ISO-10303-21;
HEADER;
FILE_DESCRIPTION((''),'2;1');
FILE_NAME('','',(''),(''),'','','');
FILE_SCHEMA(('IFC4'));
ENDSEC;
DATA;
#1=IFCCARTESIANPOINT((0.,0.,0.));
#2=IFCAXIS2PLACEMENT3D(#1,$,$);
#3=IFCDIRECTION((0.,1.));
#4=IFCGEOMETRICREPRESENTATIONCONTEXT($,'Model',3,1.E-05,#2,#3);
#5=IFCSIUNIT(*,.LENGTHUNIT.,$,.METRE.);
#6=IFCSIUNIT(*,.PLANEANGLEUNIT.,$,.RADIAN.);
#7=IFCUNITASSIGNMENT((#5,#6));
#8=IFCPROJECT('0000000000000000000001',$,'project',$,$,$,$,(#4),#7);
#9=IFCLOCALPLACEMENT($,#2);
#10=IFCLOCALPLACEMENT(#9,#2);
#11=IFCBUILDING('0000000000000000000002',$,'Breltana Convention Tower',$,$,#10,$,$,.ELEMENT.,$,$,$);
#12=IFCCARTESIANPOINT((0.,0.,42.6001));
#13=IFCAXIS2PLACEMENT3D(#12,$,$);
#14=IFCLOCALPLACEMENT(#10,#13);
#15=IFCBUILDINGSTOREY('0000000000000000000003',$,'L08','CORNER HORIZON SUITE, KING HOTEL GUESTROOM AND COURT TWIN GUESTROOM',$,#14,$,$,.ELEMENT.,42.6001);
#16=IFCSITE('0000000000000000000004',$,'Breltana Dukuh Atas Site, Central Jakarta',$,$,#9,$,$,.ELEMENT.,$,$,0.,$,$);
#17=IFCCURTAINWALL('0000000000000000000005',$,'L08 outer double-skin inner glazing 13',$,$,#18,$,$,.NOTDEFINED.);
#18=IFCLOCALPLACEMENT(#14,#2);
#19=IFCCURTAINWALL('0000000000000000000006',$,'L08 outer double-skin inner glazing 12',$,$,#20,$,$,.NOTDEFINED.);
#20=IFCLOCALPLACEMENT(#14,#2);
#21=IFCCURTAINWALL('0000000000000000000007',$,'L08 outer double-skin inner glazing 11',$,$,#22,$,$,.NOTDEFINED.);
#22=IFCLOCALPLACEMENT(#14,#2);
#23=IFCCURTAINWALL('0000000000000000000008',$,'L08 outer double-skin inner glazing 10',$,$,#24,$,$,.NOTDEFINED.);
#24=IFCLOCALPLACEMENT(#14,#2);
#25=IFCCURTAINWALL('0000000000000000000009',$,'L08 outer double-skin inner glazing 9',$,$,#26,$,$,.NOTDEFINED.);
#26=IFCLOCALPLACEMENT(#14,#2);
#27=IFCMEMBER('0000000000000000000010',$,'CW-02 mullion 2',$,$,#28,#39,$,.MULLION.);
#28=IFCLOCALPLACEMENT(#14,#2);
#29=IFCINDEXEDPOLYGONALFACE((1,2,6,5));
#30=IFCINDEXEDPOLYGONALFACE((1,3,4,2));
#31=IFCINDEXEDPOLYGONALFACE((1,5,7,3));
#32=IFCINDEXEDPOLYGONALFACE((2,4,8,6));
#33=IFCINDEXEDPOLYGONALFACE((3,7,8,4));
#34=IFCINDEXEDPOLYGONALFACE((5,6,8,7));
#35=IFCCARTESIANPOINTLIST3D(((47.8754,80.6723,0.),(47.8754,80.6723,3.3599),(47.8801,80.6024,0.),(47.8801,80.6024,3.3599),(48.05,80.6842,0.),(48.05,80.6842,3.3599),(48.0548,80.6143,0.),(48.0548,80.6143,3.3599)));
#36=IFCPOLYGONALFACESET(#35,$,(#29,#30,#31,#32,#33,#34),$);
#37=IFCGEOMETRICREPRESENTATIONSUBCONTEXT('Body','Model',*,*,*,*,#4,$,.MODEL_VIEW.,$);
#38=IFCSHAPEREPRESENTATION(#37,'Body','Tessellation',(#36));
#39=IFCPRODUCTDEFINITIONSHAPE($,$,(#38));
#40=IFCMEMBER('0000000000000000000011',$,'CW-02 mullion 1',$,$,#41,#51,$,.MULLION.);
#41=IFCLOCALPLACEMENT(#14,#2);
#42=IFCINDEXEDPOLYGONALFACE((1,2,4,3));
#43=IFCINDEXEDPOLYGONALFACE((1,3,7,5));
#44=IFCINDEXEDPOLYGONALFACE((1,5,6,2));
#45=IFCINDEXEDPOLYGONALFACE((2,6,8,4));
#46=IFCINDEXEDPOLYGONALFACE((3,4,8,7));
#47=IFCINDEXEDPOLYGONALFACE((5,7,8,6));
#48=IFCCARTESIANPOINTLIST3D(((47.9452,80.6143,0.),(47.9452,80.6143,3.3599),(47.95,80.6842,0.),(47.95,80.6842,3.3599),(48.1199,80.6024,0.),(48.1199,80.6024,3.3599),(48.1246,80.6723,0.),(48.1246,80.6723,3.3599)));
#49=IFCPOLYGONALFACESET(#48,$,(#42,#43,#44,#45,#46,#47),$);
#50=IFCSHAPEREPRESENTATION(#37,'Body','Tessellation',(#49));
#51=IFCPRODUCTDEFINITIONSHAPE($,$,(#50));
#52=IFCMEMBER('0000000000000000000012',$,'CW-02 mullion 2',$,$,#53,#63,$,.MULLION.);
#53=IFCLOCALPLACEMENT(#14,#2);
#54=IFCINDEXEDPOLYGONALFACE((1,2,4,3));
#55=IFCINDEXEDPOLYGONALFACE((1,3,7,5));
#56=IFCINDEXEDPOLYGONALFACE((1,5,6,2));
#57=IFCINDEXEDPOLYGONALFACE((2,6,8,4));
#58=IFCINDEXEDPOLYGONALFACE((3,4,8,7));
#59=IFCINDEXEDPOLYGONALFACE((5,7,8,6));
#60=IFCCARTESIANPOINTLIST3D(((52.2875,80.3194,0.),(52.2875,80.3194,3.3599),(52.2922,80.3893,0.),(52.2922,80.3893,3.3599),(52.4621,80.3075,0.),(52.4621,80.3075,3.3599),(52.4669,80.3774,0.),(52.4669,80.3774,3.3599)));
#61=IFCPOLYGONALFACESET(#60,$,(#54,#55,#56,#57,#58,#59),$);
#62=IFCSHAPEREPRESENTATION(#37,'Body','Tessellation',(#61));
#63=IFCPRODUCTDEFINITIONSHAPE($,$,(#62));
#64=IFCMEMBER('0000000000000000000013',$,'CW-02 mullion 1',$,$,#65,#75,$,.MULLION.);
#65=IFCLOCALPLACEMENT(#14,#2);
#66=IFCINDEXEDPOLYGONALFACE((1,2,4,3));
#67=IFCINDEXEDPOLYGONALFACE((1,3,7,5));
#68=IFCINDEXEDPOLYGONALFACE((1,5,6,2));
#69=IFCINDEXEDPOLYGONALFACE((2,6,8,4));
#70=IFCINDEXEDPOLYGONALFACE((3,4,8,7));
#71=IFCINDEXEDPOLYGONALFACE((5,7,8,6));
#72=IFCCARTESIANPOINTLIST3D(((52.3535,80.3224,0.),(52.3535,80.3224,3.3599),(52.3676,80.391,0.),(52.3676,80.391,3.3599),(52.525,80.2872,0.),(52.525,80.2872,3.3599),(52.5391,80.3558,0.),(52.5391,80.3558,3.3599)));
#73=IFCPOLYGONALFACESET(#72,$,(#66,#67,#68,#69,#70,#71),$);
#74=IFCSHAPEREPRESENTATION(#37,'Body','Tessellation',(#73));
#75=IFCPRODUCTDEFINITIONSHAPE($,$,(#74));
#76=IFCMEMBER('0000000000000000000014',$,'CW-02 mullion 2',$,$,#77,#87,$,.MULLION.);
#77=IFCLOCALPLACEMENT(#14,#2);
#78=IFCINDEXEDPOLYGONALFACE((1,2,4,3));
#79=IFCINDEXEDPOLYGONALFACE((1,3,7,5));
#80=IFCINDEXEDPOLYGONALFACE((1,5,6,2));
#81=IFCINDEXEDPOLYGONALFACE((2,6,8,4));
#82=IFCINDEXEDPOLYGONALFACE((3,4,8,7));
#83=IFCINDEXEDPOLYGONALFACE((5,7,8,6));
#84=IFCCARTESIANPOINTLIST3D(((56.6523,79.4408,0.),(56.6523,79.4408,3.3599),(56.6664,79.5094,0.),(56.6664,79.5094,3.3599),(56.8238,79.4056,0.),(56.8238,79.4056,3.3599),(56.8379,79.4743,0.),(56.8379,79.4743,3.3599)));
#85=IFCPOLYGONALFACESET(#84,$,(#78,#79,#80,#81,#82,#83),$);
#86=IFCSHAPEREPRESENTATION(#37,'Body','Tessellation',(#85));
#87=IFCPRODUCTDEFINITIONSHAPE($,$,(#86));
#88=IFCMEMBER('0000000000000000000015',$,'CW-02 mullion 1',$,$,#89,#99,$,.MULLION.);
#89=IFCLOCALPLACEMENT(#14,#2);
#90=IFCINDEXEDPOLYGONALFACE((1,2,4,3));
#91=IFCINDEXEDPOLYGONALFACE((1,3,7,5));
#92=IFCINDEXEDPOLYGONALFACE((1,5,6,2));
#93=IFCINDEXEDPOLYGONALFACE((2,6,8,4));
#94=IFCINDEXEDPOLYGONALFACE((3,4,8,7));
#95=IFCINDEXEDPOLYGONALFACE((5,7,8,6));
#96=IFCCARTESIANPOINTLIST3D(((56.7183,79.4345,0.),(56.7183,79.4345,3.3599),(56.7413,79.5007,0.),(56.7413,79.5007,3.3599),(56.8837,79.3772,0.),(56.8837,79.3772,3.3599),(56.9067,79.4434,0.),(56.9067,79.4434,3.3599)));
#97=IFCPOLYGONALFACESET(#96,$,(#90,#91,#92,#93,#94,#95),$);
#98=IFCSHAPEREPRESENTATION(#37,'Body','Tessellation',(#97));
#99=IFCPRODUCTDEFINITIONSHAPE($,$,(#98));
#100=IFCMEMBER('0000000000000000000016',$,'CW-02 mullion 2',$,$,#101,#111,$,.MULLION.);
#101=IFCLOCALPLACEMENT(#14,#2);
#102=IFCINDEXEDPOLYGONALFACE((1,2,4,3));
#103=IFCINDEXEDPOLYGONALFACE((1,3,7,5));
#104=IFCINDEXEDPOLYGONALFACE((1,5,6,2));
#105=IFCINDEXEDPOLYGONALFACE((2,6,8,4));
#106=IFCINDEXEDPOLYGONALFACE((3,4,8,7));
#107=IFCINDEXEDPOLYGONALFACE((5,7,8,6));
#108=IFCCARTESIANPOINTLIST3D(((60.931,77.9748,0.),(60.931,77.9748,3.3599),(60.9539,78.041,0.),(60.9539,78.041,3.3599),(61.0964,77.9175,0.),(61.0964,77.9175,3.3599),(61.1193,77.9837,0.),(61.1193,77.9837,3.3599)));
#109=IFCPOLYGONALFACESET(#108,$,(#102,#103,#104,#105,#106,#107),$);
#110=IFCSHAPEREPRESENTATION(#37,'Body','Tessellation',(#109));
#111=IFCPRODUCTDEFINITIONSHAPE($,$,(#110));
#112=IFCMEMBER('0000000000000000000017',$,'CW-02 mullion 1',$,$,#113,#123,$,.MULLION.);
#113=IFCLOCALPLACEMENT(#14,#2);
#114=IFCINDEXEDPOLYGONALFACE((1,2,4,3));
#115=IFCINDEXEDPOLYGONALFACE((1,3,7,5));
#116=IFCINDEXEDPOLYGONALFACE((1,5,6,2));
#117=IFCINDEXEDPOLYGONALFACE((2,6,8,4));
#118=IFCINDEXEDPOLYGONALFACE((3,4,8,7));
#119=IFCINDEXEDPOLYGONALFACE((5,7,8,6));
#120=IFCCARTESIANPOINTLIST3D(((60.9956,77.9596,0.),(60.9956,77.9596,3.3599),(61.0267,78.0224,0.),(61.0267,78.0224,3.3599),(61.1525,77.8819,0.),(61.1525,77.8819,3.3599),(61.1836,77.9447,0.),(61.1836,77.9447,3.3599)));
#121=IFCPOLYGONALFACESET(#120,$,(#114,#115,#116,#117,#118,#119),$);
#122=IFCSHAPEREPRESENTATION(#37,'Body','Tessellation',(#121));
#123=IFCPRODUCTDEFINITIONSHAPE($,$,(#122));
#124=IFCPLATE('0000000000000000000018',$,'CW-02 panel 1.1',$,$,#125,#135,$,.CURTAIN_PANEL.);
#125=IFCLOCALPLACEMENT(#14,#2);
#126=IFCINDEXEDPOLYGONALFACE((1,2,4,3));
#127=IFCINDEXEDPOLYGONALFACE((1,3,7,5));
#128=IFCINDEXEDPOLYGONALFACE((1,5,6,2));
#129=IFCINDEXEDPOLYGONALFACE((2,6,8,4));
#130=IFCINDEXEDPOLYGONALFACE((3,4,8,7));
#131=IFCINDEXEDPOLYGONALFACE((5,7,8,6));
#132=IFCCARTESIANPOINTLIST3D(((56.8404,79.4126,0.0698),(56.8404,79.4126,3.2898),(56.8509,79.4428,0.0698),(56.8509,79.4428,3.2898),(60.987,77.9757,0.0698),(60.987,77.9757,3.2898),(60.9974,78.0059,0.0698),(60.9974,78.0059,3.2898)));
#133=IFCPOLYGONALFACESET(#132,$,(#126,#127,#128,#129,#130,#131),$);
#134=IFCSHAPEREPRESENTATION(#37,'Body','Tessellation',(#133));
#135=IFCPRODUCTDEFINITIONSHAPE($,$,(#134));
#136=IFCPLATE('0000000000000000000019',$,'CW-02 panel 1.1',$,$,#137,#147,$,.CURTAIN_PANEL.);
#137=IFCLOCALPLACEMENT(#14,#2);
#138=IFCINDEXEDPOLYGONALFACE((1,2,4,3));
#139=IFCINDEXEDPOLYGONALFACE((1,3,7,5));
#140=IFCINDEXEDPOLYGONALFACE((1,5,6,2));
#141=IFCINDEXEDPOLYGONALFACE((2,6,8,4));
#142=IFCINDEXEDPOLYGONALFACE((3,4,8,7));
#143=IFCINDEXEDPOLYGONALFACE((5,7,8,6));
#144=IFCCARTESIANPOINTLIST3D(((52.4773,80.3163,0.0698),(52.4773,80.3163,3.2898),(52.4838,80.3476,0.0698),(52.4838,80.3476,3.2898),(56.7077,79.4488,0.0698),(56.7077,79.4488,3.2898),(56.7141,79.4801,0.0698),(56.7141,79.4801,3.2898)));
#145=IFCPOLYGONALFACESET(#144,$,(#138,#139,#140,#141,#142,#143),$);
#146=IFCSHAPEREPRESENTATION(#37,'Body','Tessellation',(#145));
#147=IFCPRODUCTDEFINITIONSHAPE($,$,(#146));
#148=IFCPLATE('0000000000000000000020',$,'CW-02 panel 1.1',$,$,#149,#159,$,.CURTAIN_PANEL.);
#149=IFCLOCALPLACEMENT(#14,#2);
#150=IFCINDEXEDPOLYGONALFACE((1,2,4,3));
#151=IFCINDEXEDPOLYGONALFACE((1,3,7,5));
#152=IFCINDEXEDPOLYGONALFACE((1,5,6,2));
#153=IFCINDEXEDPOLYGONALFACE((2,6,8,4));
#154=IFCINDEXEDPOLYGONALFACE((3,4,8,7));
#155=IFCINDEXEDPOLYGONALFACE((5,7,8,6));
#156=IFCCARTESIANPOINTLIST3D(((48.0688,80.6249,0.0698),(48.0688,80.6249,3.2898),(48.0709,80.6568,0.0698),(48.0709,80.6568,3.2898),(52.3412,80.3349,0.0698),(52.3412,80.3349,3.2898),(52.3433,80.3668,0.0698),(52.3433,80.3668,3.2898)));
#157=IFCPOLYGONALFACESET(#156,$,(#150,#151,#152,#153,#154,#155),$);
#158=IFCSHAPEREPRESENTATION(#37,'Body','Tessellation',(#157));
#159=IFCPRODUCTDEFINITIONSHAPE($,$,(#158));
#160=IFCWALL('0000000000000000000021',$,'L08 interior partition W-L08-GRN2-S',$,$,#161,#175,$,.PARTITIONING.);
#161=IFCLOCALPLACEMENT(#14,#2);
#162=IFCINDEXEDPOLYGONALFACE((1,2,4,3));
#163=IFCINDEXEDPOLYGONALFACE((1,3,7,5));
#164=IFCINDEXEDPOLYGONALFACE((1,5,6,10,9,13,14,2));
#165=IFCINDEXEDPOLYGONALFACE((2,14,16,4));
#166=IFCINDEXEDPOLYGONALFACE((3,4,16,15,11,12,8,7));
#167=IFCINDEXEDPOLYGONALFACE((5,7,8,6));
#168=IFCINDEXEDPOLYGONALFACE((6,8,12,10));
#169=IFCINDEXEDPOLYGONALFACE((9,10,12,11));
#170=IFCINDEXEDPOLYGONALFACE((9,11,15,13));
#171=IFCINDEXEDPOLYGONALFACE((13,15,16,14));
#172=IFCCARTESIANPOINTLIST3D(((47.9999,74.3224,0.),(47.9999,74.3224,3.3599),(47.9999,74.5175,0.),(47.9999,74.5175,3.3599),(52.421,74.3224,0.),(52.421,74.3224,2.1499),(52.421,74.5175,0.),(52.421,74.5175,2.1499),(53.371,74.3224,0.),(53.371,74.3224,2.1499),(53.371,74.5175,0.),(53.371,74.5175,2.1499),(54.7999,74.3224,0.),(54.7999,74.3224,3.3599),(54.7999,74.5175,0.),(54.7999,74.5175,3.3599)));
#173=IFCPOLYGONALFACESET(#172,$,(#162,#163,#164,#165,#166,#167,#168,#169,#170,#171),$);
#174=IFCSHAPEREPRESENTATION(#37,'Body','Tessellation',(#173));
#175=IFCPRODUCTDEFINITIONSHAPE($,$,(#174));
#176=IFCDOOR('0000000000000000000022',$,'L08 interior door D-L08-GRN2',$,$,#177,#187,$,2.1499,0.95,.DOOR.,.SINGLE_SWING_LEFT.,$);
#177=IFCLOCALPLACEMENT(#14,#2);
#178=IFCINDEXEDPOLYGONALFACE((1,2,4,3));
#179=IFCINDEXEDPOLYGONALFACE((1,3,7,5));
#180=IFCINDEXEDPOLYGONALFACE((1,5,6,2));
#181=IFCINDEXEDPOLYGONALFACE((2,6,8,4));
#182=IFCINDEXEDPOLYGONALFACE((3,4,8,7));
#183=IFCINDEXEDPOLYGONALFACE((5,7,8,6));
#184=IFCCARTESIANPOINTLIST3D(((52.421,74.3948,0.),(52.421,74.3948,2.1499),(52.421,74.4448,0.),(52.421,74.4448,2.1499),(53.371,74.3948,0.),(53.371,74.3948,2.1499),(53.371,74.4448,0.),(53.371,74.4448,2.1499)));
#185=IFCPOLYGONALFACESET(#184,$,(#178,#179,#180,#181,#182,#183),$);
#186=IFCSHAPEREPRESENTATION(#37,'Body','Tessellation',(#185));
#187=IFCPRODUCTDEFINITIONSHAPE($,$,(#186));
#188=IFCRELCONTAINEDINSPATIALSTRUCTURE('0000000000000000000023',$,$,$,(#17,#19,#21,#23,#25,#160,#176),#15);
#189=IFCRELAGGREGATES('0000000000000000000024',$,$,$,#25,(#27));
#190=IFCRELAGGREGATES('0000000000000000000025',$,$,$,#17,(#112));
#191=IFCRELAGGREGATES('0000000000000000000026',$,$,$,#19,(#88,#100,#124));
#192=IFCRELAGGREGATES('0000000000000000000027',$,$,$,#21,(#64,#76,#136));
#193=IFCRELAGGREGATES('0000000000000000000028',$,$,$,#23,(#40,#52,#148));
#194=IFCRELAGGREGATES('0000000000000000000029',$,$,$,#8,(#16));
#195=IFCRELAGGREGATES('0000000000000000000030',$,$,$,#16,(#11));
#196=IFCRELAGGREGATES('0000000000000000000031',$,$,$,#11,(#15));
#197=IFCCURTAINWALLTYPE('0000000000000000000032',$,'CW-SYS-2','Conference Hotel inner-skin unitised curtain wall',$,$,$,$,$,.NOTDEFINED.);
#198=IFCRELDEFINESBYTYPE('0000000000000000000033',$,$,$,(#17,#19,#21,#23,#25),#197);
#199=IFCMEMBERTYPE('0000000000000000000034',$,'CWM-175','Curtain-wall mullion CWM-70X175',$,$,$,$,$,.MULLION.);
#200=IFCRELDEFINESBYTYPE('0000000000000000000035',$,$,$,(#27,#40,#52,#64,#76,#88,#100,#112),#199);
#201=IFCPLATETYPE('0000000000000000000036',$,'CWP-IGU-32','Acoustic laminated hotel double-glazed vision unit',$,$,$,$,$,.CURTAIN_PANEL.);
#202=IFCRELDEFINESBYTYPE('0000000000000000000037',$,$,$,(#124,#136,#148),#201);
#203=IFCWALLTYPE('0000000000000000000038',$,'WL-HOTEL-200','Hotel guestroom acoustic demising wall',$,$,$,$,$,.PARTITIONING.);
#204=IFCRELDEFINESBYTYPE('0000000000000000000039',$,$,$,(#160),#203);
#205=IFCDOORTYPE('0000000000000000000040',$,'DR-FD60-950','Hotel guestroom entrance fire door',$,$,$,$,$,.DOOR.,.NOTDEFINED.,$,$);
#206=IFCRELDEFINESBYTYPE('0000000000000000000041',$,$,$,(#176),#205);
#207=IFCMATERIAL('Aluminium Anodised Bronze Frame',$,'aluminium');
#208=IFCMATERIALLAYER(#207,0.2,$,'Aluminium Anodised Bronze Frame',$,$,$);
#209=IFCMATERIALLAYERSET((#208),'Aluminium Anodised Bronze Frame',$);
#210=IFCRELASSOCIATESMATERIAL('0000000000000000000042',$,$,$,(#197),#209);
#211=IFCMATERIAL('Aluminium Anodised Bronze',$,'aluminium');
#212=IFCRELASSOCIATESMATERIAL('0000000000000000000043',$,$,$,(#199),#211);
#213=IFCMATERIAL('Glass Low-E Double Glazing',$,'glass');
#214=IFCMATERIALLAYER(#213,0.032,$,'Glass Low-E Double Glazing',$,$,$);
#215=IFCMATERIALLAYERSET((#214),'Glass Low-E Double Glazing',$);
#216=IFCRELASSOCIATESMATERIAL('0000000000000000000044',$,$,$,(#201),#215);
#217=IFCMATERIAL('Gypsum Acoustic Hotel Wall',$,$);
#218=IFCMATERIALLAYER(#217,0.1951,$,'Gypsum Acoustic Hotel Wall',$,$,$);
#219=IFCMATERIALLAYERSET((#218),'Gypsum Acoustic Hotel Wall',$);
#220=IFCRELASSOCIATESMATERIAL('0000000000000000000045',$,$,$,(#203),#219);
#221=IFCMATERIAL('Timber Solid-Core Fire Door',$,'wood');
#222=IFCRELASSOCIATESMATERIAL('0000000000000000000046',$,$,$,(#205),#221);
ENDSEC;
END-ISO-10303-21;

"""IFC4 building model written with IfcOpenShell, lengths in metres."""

from ifc_helpers import new_model, si_unit, direction, frame, frame_2d, origin, origin_2d, place, context, subcontext, project, spatial, rectangle, extrude, source, transform, mapped, material, layer, layer_set, material_profile, profile_set, type_object, type_shapes, element, fill, aggregate, save


model = new_model("IFC4")

# Units and contexts
model_context = context("Model", 3, precision=1e-05, world=origin(), true_north=direction((0.0, 1.0)))
body_context = subcontext(model_context, "Body", "Model", "MODEL_VIEW")
ifc_project = project(units=[si_unit("LENGTHUNIT", "METRE"), si_unit("PLANEANGLEUNIT", "RADIAN")], contexts=[model_context])

# Site, building, storey
site_placement = place(None, origin())
site = spatial("IfcSite", under=ifc_project, at=site_placement, Name="Breltana Dukuh Atas Site, Central Jakarta", CompositionType="ELEMENT", RefElevation=0.0)
building_placement = place(site_placement, origin())
building = spatial("IfcBuilding", under=site, at=building_placement, Name="Breltana Convention Tower", CompositionType="ELEMENT")
storey_placement = place(building_placement, frame((0.0, 0.0, 42.6001)))
storey = spatial("IfcBuildingStorey", under=building, at=storey_placement, Name="L08", Description="CORNER HORIZON SUITE, KING HOTEL GUESTROOM AND COURT TWIN GUESTROOM", CompositionType="ELEMENT", Elevation=42.6001)

# Curtain walls
ifc_material_1 = material(Name="Aluminium Anodised Bronze Frame", Category="aluminium")
ifc_layer_1 = layer(ifc_material_1, 0.2, Name="Aluminium Anodised Bronze Frame")
ifc_layer_set_1 = layer_set([ifc_layer_1], Name="Aluminium Anodised Bronze Frame")
curtain_wall_type = type_object("IfcCurtainWallType", Name="CW-SYS-2", Description="Conference Hotel inner-skin unitised curtain wall", PredefinedType="NOTDEFINED", material=ifc_layer_set_1)
curtain_wall_1_placement = place(storey_placement, origin())
curtain_wall_1 = element("IfcCurtainWall", 1, at=curtain_wall_1_placement, inside=storey, type_object=curtain_wall_type, Name="L08 outer double-skin inner glazing 13", PredefinedType="NOTDEFINED")
ifc_material_2 = material(Name="Aluminium Anodised Bronze", Category="aluminium")
curtain_wall_2_placement = place(storey_placement, origin())
curtain_wall_2 = element("IfcCurtainWall", 2, at=curtain_wall_2_placement, inside=storey, type_object=curtain_wall_type, Name="L08 outer double-skin inner glazing 12", PredefinedType="NOTDEFINED")
curtain_wall_3_placement = place(storey_placement, origin())
curtain_wall_3 = element("IfcCurtainWall", 3, at=curtain_wall_3_placement, inside=storey, type_object=curtain_wall_type, Name="L08 outer double-skin inner glazing 11", PredefinedType="NOTDEFINED")
curtain_wall_4_placement = place(storey_placement, origin())
curtain_wall_4 = element("IfcCurtainWall", 4, at=curtain_wall_4_placement, inside=storey, type_object=curtain_wall_type, Name="L08 outer double-skin inner glazing 10", PredefinedType="NOTDEFINED")

# Curtain wall, member
curtain_wall_5_placement = place(storey_placement, origin())
curtain_wall_5 = element("IfcCurtainWall", 5, at=curtain_wall_5_placement, inside=storey, type_object=curtain_wall_type, Name="L08 outer double-skin inner glazing 9", PredefinedType="NOTDEFINED")
ifc_material_profile_1 = material_profile(ifc_material_2, rectangle(XDim=0.0701, YDim=0.175, at=origin_2d()), Name="CWM-70X175")
ifc_profile_set_1 = profile_set([ifc_material_profile_1], Name="Aluminium Anodised Bronze")
member_type_1 = type_object("IfcMemberType", Name="CWM-175", Description="Curtain-wall mullion CWM-70X175", PredefinedType="MULLION", material=ifc_profile_set_1)
shared_shape_1 = source(origin(), body_context, "Body", "SweptSolid", [
    extrude(rectangle(XDim=0.0701, YDim=0.175, at=origin_2d()), origin(), (0.0, 0.0, 1.0), 3.3599),
])
member_1_placement = place(storey_placement, frame((47.9651, 80.6433, 0.0), z_axis=(0.0, 0.0, 1.0), x_axis=(-0.067726, 0.997704, 0.0)))
member_1 = element("IfcMember", 6, at=member_1_placement, type_object=member_type_1, Name="CW-02 mullion 2", PredefinedType="MULLION", context=body_context, shape_type="MappedRepresentation", body=[
    mapped(shared_shape_1, transform((0.0, 0.0, 0.0), scale=1.0)),
])
aggregate(curtain_wall_5, [member_1])

# Members
member_2_placement = place(storey_placement, frame((48.0349, 80.6433, 0.0), z_axis=(0.0, 0.0, 1.0), x_axis=(0.067726, 0.997704, 0.0)))
member_2 = element("IfcMember", 7, at=member_2_placement, type_object=member_type_1, Name="CW-02 mullion 1", PredefinedType="MULLION", context=body_context, shape_type="MappedRepresentation", body=[
    mapped(shared_shape_1, transform((0.0, 0.0, 0.0), scale=1.0)),
])
member_3_placement = place(storey_placement, frame((52.3772, 80.3484, 0.0), z_axis=(0.0, 0.0, 1.0), x_axis=(0.067726, 0.997704, 0.0)))
member_3 = element("IfcMember", 8, at=member_3_placement, type_object=member_type_1, Name="CW-02 mullion 2", PredefinedType="MULLION", context=body_context, shape_type="MappedRepresentation", body=[
    mapped(shared_shape_1, transform((0.0, 0.0, 0.0), scale=1.0)),
])
member_4_placement = place(storey_placement, frame((52.4463, 80.3391, 0.0), z_axis=(0.0, 0.0, 1.0), x_axis=(0.200885, 0.979615, 0.0)))
member_4 = element("IfcMember", 9, at=member_4_placement, type_object=member_type_1, Name="CW-02 mullion 1", PredefinedType="MULLION", context=body_context, shape_type="MappedRepresentation", body=[
    mapped(shared_shape_1, transform((0.0, 0.0, 0.0), scale=1.0)),
])
member_5_placement = place(storey_placement, frame((56.7451, 79.4575, 0.0), z_axis=(0.0, 0.0, 1.0), x_axis=(0.200885, 0.979615, 0.0)))
member_5 = element("IfcMember", 10, at=member_5_placement, type_object=member_type_1, Name="CW-02 mullion 2", PredefinedType="MULLION", context=body_context, shape_type="MappedRepresentation", body=[
    mapped(shared_shape_1, transform((0.0, 0.0, 0.0), scale=1.0)),
])
member_6_placement = place(storey_placement, frame((56.8125, 79.439, 0.0), z_axis=(0.0, 0.0, 1.0), x_axis=(0.327428, 0.944876, 0.0)))
member_6 = element("IfcMember", 11, at=member_6_placement, type_object=member_type_1, Name="CW-02 mullion 1", PredefinedType="MULLION", context=body_context, shape_type="MappedRepresentation", body=[
    mapped(shared_shape_1, transform((0.0, 0.0, 0.0), scale=1.0)),
])
member_7_placement = place(storey_placement, frame((61.0251, 77.9792, 0.0), z_axis=(0.0, 0.0, 1.0), x_axis=(0.327428, 0.944876, 0.0)))
member_7 = element("IfcMember", 12, at=member_7_placement, type_object=member_type_1, Name="CW-02 mullion 2", PredefinedType="MULLION", context=body_context, shape_type="MappedRepresentation", body=[
    mapped(shared_shape_1, transform((0.0, 0.0, 0.0), scale=1.0)),
])
member_8_placement = place(storey_placement, frame((61.0896, 77.9521, 0.0), z_axis=(0.0, 0.0, 1.0), x_axis=(0.444108, 0.895973, 0.0)))
member_8 = element("IfcMember", 13, at=member_8_placement, type_object=member_type_1, Name="CW-02 mullion 1", PredefinedType="MULLION", context=body_context, shape_type="MappedRepresentation", body=[
    mapped(shared_shape_1, transform((0.0, 0.0, 0.0), scale=1.0)),
])
aggregate(curtain_wall_1, [member_8])

# Plates
ifc_material_3 = material(Name="Glass Low-E Double Glazing", Category="glass")
ifc_layer_2 = layer(ifc_material_3, 0.032, Name="Glass Low-E Double Glazing")
ifc_layer_set_2 = layer_set([ifc_layer_2], Name="Glass Low-E Double Glazing")
plate_type = type_object("IfcPlateType", Name="CWP-IGU-32", Description="Acoustic laminated hotel double-glazed vision unit", PredefinedType="CURTAIN_PANEL", material=ifc_layer_set_2)
shared_shape_2 = source(origin(), body_context, "Body", "SweptSolid", [
    extrude(rectangle(XDim=4.3884, YDim=0.032, at=origin_2d()), origin(), (0.0, 0.0, 1.0), 3.22),
])
plate_1_placement = place(storey_placement, frame((58.9189, 78.7092, 0.0698), z_axis=(0.0, 0.0, 1.0), x_axis=(0.944876, -0.327428, 0.0)))
plate_1 = element("IfcPlate", 14, at=plate_1_placement, type_object=plate_type, Name="CW-02 panel 1.1", PredefinedType="CURTAIN_PANEL", context=body_context, shape_type="MappedRepresentation", body=[
    mapped(shared_shape_2, transform((0.0, 0.0, 0.0), scale=1.0)),
])
aggregate(curtain_wall_2, [member_6, member_7, plate_1])
shared_shape_3 = source(origin(), body_context, "Body", "SweptSolid", [
    extrude(rectangle(XDim=4.3184, YDim=0.032, at=origin_2d()), origin(), (0.0, 0.0, 1.0), 3.22),
])
plate_2_placement = place(storey_placement, frame((54.5957, 79.8982, 0.0698), z_axis=(0.0, 0.0, 1.0), x_axis=(0.979615, -0.200885, 0.0)))
plate_2 = element("IfcPlate", 15, at=plate_2_placement, type_object=plate_type, Name="CW-02 panel 1.1", PredefinedType="CURTAIN_PANEL", context=body_context, shape_type="MappedRepresentation", body=[
    mapped(shared_shape_3, transform((0.0, 0.0, 0.0), scale=1.0)),
])
aggregate(curtain_wall_3, [member_4, member_5, plate_2])
shared_shape_4 = source(origin(), body_context, "Body", "SweptSolid", [
    extrude(rectangle(XDim=4.2822, YDim=0.032, at=origin_2d()), origin(), (0.0, 0.0, 1.0), 3.22),
])
plate_3_placement = place(storey_placement, frame((50.2061, 80.4958, 0.0698), z_axis=(0.0, 0.0, 1.0), x_axis=(0.997704, -0.067726, 0.0)))
plate_3 = element("IfcPlate", 16, at=plate_3_placement, type_object=plate_type, Name="CW-02 panel 1.1", PredefinedType="CURTAIN_PANEL", context=body_context, shape_type="MappedRepresentation", body=[
    mapped(shared_shape_4, transform((0.0, 0.0, 0.0), scale=1.0)),
])
aggregate(curtain_wall_4, [member_2, member_3, plate_3])

# Wall, opening, door
ifc_material_4 = material(Name="Gypsum Acoustic Hotel Wall")
ifc_layer_3 = layer(ifc_material_4, 0.1951, Name="Gypsum Acoustic Hotel Wall")
ifc_layer_set_3 = layer_set([ifc_layer_3], Name="Gypsum Acoustic Hotel Wall")
wall_type_1 = type_object("IfcWallType", Name="WL-HOTEL-200", Description="Hotel guestroom acoustic demising wall", PredefinedType="PARTITIONING", material=ifc_layer_set_3)
shared_shape_5 = source(origin(), body_context, "Body", "SweptSolid", [
    extrude(rectangle(XDim=6.8, YDim=0.1951, at=frame_2d((3.3999, 0.0))), origin(), (0.0, 0.0, 1.0), 3.3599),
])
wall_1_placement = place(storey_placement, frame((48.0, 74.4199, 0.0), z_axis=(0.0, 0.0, 1.0), x_axis=(1.0, 0.0, 0.0)))
wall_1 = element("IfcWall", 17, at=wall_1_placement, inside=storey, type_object=wall_type_1, Name="L08 interior partition W-L08-GRN2-S", PredefinedType="PARTITIONING", context=body_context, shape_type="MappedRepresentation", body=[
    mapped(shared_shape_5, transform((0.0, 0.0, 0.0), scale=1.0)),
])
opening_1_placement = place(wall_1_placement, frame((4.4209, 0.0, 0.0)))
opening_1 = element("IfcOpeningElement", 18, at=opening_1_placement, cuts=wall_1, PredefinedType="OPENING", context=body_context, shape_type="SweptSolid", body=[
    extrude(rectangle(XDim=0.95, YDim=2.1499, at=frame_2d((0.4751, 1.075))), frame((0.0, 0.1074, 0.0), z_axis=(0.0, -1.0, 0.0), x_axis=(1.0, 0.0, 0.0)), (0.0, 0.0, 1.0), 0.2151),
])
ifc_material_5 = material(Name="Timber Solid-Core Fire Door", Category="wood")
door_type_1 = type_object("IfcDoorType", Name="DR-FD60-950", Description="Hotel guestroom entrance fire door", OperationType="NOTDEFINED", PredefinedType="DOOR", material=ifc_material_5)
shared_shape_6 = source(origin(), body_context, "Body", "SweptSolid", [
    extrude(rectangle(XDim=0.95, YDim=2.1499, at=frame_2d((0.4751, 1.075))), frame((0.0, 0.0249, 0.0), z_axis=(0.0, -1.0, 0.0), x_axis=(1.0, 0.0, 0.0)), (0.0, 0.0, 1.0), 0.05),
])
type_shapes(door_type_1, [shared_shape_6])
door_1_placement = place(opening_1_placement, origin())
door_1 = element("IfcDoor", 19, at=door_1_placement, inside=storey, type_object=door_type_1, Name="L08 interior door D-L08-GRN2", OperationType="SINGLE_SWING_LEFT", OverallHeight=2.1499, OverallWidth=0.95, PredefinedType="DOOR", context=body_context, shape_type="MappedRepresentation", body=[
    mapped(shared_shape_6, transform((0.0, 0.0, 0.0), scale=1.0)),
])
fill(opening_1, door_1)

save(model, "model.ifc")
